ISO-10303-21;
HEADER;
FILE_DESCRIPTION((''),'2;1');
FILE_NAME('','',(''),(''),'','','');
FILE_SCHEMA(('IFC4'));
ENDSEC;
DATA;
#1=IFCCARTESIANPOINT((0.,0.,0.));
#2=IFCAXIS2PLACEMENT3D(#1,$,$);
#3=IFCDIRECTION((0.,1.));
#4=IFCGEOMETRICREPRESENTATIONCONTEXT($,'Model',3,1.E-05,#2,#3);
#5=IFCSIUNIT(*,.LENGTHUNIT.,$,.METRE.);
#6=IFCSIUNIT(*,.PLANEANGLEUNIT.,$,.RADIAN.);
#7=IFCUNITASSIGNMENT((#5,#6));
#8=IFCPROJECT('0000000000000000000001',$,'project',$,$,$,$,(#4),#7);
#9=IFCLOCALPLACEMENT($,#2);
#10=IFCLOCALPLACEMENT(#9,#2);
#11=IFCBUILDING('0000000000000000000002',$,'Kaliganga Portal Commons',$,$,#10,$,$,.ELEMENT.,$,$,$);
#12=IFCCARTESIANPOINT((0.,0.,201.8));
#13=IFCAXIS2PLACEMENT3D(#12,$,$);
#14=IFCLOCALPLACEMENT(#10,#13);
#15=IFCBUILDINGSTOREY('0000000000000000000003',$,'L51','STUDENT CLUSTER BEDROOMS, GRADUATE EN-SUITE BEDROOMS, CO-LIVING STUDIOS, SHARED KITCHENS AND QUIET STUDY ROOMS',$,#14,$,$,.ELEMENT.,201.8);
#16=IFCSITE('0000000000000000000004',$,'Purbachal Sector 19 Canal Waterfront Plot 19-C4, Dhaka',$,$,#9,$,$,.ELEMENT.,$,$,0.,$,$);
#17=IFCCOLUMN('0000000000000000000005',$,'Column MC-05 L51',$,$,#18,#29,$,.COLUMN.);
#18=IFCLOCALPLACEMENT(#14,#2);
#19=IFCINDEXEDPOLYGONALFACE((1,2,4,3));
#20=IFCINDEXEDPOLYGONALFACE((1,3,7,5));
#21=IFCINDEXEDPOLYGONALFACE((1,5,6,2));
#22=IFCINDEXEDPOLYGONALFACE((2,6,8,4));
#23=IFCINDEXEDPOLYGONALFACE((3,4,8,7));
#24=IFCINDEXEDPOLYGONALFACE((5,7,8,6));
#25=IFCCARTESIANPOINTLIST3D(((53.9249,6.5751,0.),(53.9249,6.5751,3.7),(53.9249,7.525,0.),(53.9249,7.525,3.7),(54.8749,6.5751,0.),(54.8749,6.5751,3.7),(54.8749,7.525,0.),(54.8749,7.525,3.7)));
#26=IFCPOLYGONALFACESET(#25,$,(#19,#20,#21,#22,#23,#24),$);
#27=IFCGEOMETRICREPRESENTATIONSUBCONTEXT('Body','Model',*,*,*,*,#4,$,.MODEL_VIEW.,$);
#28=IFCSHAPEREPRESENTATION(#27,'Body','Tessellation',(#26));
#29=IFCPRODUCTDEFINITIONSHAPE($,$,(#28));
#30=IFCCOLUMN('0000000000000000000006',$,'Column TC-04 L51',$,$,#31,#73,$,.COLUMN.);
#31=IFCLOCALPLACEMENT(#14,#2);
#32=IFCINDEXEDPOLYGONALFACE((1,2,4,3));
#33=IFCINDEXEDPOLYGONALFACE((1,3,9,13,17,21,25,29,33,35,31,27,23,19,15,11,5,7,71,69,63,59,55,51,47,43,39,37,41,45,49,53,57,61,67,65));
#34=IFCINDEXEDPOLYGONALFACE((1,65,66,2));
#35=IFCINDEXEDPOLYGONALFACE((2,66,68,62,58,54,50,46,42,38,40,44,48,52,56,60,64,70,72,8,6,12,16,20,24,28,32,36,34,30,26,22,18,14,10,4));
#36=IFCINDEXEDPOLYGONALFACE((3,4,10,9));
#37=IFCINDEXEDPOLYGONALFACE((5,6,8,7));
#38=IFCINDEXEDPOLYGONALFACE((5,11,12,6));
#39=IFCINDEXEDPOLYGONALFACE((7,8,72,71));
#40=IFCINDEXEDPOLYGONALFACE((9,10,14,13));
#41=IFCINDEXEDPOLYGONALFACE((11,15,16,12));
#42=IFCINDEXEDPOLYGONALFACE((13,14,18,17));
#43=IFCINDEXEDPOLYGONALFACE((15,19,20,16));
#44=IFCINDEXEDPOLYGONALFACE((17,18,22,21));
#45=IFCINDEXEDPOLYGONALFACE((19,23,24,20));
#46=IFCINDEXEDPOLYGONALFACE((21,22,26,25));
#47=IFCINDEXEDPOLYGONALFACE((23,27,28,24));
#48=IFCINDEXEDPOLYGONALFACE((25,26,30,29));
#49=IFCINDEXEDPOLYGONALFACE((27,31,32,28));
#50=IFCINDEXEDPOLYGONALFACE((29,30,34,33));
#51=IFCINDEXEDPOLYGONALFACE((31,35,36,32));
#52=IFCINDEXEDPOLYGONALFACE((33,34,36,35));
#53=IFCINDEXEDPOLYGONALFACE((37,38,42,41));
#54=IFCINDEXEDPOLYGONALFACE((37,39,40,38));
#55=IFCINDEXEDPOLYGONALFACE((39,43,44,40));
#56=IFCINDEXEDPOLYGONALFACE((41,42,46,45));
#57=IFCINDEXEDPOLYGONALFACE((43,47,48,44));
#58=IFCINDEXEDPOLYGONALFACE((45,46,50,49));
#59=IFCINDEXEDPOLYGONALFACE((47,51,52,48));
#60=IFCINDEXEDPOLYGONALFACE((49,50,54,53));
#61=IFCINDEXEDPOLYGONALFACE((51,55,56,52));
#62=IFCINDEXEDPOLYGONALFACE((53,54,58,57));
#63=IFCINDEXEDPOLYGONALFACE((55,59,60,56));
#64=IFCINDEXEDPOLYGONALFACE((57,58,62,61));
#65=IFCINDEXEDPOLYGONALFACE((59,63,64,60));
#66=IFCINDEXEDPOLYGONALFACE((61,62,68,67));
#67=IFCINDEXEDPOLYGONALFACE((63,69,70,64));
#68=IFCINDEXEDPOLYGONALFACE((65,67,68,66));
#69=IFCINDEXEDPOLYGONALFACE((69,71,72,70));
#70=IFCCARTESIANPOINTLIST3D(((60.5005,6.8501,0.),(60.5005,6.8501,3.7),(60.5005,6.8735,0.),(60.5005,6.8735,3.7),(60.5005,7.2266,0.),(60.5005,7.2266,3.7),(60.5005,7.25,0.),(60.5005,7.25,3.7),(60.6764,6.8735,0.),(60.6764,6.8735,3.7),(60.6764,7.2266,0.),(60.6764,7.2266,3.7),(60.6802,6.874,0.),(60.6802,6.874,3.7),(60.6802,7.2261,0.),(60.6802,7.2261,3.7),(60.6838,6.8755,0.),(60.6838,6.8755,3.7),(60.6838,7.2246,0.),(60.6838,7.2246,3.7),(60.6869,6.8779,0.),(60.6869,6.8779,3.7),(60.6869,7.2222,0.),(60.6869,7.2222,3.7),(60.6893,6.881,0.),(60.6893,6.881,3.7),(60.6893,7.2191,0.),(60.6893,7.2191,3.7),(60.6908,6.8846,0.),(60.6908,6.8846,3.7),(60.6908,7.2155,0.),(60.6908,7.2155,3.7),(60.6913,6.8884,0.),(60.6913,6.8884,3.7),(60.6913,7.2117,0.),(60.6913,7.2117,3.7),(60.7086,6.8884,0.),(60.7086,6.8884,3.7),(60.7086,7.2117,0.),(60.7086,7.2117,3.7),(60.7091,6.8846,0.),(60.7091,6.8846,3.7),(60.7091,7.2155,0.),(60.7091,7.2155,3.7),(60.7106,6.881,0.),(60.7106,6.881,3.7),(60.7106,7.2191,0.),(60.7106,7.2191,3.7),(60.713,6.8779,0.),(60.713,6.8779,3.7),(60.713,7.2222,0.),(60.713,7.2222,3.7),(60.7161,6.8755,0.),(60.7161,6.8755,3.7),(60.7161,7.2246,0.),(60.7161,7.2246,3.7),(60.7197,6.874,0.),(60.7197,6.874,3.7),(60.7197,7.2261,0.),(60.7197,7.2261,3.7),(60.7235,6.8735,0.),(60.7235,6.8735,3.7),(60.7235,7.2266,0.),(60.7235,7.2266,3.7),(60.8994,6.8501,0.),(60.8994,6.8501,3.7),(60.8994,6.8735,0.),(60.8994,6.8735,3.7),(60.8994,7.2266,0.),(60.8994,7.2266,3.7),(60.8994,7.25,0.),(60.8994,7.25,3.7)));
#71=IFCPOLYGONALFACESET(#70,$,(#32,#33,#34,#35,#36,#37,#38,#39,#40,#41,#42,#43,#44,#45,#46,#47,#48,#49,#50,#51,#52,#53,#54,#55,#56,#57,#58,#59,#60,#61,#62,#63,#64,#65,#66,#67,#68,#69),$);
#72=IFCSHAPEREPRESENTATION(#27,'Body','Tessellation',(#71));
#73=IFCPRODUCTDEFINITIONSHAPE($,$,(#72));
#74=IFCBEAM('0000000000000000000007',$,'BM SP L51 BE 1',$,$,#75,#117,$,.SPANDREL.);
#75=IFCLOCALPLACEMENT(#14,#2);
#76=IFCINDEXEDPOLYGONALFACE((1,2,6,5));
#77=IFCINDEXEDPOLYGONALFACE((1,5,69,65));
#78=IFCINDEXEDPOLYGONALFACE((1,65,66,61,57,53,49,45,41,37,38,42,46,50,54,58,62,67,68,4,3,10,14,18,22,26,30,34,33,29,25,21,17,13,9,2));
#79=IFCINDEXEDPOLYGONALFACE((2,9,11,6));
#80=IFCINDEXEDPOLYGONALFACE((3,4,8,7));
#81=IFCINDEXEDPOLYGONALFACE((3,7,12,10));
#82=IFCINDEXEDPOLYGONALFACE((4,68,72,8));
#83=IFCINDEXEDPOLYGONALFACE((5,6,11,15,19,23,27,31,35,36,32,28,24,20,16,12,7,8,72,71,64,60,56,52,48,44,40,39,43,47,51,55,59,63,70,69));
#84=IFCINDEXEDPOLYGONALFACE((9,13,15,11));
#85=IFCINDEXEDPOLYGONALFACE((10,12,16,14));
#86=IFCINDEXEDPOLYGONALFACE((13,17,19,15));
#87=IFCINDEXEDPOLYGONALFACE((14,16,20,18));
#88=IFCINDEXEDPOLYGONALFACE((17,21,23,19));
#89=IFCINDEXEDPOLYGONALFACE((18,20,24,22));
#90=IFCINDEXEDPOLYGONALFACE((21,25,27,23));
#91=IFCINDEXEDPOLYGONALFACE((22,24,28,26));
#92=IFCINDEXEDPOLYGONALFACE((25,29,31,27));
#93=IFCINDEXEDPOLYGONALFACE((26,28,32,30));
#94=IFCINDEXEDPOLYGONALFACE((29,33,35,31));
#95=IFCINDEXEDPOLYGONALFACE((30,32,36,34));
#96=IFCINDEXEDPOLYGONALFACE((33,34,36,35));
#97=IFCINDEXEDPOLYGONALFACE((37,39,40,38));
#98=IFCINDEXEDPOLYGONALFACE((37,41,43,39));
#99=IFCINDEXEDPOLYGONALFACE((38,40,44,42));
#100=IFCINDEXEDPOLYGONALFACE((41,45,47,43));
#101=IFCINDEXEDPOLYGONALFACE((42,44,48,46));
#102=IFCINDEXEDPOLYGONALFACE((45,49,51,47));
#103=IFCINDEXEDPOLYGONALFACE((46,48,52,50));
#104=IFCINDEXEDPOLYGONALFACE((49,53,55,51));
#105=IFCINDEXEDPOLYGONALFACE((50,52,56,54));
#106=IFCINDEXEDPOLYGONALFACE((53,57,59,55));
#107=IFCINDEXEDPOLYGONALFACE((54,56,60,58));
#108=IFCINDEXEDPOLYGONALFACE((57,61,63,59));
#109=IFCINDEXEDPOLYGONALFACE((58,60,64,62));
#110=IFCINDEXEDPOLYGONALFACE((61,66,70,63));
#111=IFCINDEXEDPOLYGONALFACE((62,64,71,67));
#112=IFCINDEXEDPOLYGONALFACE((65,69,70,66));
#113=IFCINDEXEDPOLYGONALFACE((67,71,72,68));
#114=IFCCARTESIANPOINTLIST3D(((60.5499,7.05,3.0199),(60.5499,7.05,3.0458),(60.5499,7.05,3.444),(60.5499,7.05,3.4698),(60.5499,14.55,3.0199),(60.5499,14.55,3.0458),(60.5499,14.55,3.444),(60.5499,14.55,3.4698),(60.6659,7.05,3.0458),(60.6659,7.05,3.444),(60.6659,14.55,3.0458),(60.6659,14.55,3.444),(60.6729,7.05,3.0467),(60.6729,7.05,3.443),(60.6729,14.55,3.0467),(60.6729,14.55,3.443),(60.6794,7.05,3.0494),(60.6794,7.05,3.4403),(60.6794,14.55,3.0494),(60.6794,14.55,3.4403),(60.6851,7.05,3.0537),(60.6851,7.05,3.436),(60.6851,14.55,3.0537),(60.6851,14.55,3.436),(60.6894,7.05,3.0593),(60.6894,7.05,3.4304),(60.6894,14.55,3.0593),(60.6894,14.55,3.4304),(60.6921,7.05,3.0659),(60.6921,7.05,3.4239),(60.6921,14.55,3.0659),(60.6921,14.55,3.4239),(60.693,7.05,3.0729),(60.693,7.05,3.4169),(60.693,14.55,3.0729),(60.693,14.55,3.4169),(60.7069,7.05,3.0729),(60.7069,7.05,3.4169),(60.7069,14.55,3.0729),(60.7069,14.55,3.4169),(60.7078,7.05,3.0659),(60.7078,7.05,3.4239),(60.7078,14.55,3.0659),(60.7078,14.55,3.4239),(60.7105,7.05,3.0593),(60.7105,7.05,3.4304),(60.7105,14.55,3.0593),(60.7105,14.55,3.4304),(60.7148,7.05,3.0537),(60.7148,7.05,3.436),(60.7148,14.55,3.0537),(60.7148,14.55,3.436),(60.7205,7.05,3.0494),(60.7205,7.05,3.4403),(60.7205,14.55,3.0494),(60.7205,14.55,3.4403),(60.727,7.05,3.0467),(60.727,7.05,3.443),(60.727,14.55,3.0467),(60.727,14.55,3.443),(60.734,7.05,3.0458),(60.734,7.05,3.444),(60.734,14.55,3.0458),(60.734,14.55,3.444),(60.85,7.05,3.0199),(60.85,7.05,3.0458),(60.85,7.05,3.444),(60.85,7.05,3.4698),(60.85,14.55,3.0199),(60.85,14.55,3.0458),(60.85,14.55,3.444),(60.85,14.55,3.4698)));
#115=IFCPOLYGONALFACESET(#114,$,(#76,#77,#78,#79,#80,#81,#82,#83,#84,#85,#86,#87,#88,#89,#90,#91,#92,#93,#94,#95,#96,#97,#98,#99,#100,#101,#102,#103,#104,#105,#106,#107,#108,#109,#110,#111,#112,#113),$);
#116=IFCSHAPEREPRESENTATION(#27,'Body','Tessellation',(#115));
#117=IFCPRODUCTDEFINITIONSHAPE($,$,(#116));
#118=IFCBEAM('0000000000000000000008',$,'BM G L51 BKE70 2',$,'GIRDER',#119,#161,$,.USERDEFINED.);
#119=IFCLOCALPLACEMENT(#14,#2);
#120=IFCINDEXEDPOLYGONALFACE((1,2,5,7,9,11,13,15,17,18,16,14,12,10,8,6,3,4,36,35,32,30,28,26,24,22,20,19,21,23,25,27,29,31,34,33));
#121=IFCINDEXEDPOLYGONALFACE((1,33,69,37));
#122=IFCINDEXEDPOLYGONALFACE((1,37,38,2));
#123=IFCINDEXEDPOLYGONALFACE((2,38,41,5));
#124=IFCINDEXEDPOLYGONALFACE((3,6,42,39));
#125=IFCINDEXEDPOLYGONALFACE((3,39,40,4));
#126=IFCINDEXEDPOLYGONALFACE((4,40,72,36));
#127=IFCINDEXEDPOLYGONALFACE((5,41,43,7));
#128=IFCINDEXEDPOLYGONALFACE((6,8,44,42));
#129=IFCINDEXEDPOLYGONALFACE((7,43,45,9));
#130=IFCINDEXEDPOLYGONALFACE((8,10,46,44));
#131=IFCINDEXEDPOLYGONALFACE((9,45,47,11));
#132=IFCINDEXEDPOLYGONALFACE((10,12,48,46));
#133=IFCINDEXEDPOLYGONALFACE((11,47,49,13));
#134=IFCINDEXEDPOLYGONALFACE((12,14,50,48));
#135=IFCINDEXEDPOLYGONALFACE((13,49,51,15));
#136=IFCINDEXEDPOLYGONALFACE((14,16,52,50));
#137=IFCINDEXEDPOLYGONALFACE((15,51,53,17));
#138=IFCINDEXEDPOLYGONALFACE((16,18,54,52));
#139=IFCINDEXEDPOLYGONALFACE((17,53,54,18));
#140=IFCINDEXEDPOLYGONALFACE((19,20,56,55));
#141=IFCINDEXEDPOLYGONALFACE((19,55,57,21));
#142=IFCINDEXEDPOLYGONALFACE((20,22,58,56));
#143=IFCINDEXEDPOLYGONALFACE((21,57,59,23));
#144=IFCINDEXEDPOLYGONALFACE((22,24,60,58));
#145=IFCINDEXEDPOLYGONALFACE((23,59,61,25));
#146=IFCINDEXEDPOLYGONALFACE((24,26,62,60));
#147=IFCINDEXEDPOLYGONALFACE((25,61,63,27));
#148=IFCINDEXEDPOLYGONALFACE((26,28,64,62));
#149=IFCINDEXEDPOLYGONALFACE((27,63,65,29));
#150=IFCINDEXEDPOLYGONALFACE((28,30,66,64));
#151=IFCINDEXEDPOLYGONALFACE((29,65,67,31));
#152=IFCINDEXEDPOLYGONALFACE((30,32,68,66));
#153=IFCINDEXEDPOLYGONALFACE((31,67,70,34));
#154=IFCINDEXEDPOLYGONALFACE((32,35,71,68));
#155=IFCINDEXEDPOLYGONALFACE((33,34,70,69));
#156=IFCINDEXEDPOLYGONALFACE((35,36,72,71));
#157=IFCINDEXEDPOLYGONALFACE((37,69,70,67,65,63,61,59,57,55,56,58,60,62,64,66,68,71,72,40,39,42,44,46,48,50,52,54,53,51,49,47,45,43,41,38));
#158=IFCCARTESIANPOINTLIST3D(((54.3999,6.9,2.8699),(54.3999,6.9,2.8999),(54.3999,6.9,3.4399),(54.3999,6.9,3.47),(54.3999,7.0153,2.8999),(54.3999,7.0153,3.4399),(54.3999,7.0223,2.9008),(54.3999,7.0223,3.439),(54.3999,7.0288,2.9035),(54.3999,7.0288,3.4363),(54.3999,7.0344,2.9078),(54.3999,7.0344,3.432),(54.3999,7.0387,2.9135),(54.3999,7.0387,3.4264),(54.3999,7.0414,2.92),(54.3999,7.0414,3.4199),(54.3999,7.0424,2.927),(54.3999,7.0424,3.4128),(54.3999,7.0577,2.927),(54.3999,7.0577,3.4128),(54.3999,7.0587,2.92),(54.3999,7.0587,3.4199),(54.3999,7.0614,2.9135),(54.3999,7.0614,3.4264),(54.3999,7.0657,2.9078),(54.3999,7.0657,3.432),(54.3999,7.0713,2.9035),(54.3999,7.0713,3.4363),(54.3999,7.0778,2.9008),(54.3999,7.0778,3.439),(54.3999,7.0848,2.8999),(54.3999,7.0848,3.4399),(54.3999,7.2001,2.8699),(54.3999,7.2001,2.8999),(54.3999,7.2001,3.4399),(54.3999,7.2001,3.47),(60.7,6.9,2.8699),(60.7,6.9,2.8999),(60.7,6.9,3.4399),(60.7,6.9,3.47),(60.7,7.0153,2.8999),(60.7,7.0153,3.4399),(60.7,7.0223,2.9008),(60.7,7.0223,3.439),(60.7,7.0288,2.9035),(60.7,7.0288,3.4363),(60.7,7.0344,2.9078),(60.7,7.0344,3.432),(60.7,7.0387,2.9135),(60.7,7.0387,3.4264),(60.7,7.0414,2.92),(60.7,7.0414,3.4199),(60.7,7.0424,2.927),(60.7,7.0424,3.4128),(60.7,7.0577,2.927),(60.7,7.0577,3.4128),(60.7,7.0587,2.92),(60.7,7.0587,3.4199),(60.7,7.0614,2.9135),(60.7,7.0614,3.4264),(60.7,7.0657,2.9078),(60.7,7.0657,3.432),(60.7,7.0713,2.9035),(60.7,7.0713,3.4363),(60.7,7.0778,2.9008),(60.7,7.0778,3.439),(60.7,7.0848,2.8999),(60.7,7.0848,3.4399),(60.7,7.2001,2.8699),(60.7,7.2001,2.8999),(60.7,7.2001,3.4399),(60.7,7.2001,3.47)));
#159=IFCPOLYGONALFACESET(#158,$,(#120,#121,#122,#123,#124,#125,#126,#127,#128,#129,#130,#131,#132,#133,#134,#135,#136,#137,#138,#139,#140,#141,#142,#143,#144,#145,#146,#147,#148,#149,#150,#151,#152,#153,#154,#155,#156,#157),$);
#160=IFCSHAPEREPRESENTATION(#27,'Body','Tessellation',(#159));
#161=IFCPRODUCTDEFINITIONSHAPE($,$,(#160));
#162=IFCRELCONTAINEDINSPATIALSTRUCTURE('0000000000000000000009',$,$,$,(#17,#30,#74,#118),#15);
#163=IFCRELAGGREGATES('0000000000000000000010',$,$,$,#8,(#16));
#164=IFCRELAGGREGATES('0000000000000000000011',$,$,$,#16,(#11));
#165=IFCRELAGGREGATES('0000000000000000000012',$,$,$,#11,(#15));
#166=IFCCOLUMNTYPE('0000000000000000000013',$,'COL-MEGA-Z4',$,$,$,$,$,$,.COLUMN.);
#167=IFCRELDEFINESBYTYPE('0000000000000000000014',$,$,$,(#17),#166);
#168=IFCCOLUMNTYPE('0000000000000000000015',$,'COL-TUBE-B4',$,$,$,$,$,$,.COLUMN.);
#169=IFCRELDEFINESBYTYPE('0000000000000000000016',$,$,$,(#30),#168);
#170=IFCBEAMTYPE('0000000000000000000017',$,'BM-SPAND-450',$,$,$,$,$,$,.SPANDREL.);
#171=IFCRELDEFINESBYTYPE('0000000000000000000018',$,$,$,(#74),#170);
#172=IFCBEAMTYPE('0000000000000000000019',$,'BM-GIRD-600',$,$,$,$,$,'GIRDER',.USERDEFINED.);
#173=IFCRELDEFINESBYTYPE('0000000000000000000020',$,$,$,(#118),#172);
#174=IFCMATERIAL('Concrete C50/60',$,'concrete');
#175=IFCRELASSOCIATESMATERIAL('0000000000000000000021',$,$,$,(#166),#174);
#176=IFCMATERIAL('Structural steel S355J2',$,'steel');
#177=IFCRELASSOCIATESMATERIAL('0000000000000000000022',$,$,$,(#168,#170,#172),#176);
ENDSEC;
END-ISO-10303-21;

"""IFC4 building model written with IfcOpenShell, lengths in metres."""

from ifc_helpers import new_model, si_unit, direction, frame, origin, origin_2d, place, context, subcontext, project, spatial, rectangle, i_section, extrude, source, transform, mapped, material, material_profile, profile_set, type_object, element, save


model = new_model("IFC4")

# Units and contexts
model_context = context("Model", 3, precision=1e-05, world=origin(), true_north=direction((0.0, 1.0)))
body_context = subcontext(model_context, "Body", "Model", "MODEL_VIEW")
ifc_project = project(units=[si_unit("LENGTHUNIT", "METRE"), si_unit("PLANEANGLEUNIT", "RADIAN")], contexts=[model_context])

# Site, building, storey
site_placement = place(None, origin())
site = spatial("IfcSite", under=ifc_project, at=site_placement, Name="Purbachal Sector 19 Canal Waterfront Plot 19-C4, Dhaka", CompositionType="ELEMENT", RefElevation=0.0)
building_placement = place(site_placement, origin())
building = spatial("IfcBuilding", under=site, at=building_placement, Name="Kaliganga Portal Commons", CompositionType="ELEMENT")
storey_placement = place(building_placement, frame((0.0, 0.0, 201.8)))
storey = spatial("IfcBuildingStorey", under=building, at=storey_placement, Name="L51", Description="STUDENT CLUSTER BEDROOMS, GRADUATE EN-SUITE BEDROOMS, CO-LIVING STUDIOS, SHARED KITCHENS AND QUIET STUDY ROOMS", CompositionType="ELEMENT", Elevation=201.8)

# Columns
ifc_material_1 = material(Name="Concrete C50/60", Category="concrete")
ifc_material_profile_1 = material_profile(ifc_material_1, rectangle(XDim=0.95, YDim=0.95, at=origin_2d()), Name="RC 950x950")
ifc_profile_set_1 = profile_set([ifc_material_profile_1], Name="Concrete C50/60")
column_type_1 = type_object("IfcColumnType", Name="COL-MEGA-Z4", PredefinedType="COLUMN", material=ifc_profile_set_1)
shared_shape_1 = source(origin(), body_context, "Body", "SweptSolid", [
    extrude(rectangle(XDim=0.95, YDim=0.95, at=origin_2d()), origin(), (0.0, 0.0, 1.0), 3.7),
])
column_1_placement = place(storey_placement, frame((54.3999, 7.05, 0.0), z_axis=(0.0, 0.0, 1.0), x_axis=(1.0, 0.0, 0.0)))
element("IfcColumn", 1, at=column_1_placement, inside=storey, type_object=column_type_1, Name="Column MC-05 L51", PredefinedType="COLUMN", context=body_context, shape_type="MappedRepresentation", body=[
    mapped(shared_shape_1, transform((0.0, 0.0, 0.0), x_axis=(1.0, 0.0, 0.0), y_axis=(0.0, 1.0, 0.0), z_axis=(0.0, 0.0, 1.0), scale=1.0)),
])
ifc_material_2 = material(Name="Structural steel S355J2", Category="steel")
ifc_material_profile_2 = material_profile(ifc_material_2, i_section(OverallWidth=0.3989, OverallDepth=0.3999, WebThickness=0.0173, FlangeThickness=0.0234, FilletRadius=0.0149, at=origin_2d()), Name="HD 400x287")
ifc_profile_set_2 = profile_set([ifc_material_profile_2], Name="Structural steel S355J2 wide-flange")
column_type_2 = type_object("IfcColumnType", Name="COL-TUBE-B4", PredefinedType="COLUMN", material=ifc_profile_set_2)
shared_shape_2 = source(origin(), body_context, "Body", "SweptSolid", [
    extrude(i_section(OverallWidth=0.3989, OverallDepth=0.3999, WebThickness=0.0173, FlangeThickness=0.0234, FilletRadius=0.0149, at=origin_2d()), origin(), (0.0, 0.0, 1.0), 3.7),
])
column_2_placement = place(storey_placement, frame((60.7, 7.05, 0.0), z_axis=(0.0, 0.0, 1.0), x_axis=(1.0, 0.0, 0.0)))
element("IfcColumn", 2, at=column_2_placement, inside=storey, type_object=column_type_2, Name="Column TC-04 L51", PredefinedType="COLUMN", context=body_context, shape_type="MappedRepresentation", body=[
    mapped(shared_shape_2, transform((0.0, 0.0, 0.0), x_axis=(1.0, 0.0, 0.0), y_axis=(0.0, 1.0, 0.0), z_axis=(0.0, 0.0, 1.0), scale=1.0)),
])

# Beams
ifc_material_profile_3 = material_profile(ifc_material_2, i_section(OverallWidth=0.3, OverallDepth=0.45, WebThickness=0.0139, FlangeThickness=0.0259, FilletRadius=0.0271, at=origin_2d()), Name="HE 450 B")
ifc_profile_set_3 = profile_set([ifc_material_profile_3], Name="Structural steel S355J2 wide-flange")
beam_type_1 = type_object("IfcBeamType", Name="BM-SPAND-450", PredefinedType="SPANDREL", material=ifc_profile_set_3)
shared_shape_3 = source(origin(), body_context, "Body", "SweptSolid", [
    extrude(i_section(OverallWidth=0.3, OverallDepth=0.45, WebThickness=0.0139, FlangeThickness=0.0259, FilletRadius=0.0271, at=origin_2d()), origin(), (0.0, 0.0, 1.0), 7.5),
])
beam_1_placement = place(storey_placement, frame((60.7, 7.05, 3.2449), z_axis=(0.0, 1.0, 0.0), x_axis=(-1.0, 0.0, 0.0)))
element("IfcBeam", 3, at=beam_1_placement, inside=storey, type_object=beam_type_1, Name="BM SP L51 BE 1", PredefinedType="SPANDREL", context=body_context, shape_type="MappedRepresentation", body=[
    mapped(shared_shape_3, transform((0.0, 0.0, 0.0), x_axis=(1.0, 0.0, 0.0), y_axis=(0.0, 1.0, 0.0), z_axis=(0.0, 0.0, 1.0), scale=1.0)),
])
ifc_material_profile_4 = material_profile(ifc_material_2, i_section(OverallWidth=0.3, OverallDepth=0.6001, WebThickness=0.0154, FlangeThickness=0.03, FilletRadius=0.0271, at=origin_2d()), Name="HE 600 B")
ifc_profile_set_4 = profile_set([ifc_material_profile_4], Name="Structural steel S355J2 wide-flange")
beam_type_2 = type_object("IfcBeamType", Name="BM-GIRD-600", ElementType="GIRDER", PredefinedType="USERDEFINED", material=ifc_profile_set_4)
shared_shape_4 = source(origin(), body_context, "Body", "SweptSolid", [
    extrude(i_section(OverallWidth=0.3, OverallDepth=0.6001, WebThickness=0.0154, FlangeThickness=0.03, FilletRadius=0.0271, at=origin_2d()), origin(), (0.0, 0.0, 1.0), 6.3),
])
beam_2_placement = place(storey_placement, frame((54.3999, 7.05, 3.1699), z_axis=(1.0, 0.0, 0.0), x_axis=(0.0, 1.0, 0.0)))
element("IfcBeam", 4, at=beam_2_placement, inside=storey, type_object=beam_type_2, Name="BM G L51 BKE70 2", ObjectType="GIRDER", PredefinedType="USERDEFINED", context=body_context, shape_type="MappedRepresentation", body=[
    mapped(shared_shape_4, transform((0.0, 0.0, 0.0), x_axis=(1.0, 0.0, 0.0), y_axis=(0.0, 1.0, 0.0), z_axis=(0.0, 0.0, 1.0), scale=1.0)),
])

save(model, "model.ifc")
